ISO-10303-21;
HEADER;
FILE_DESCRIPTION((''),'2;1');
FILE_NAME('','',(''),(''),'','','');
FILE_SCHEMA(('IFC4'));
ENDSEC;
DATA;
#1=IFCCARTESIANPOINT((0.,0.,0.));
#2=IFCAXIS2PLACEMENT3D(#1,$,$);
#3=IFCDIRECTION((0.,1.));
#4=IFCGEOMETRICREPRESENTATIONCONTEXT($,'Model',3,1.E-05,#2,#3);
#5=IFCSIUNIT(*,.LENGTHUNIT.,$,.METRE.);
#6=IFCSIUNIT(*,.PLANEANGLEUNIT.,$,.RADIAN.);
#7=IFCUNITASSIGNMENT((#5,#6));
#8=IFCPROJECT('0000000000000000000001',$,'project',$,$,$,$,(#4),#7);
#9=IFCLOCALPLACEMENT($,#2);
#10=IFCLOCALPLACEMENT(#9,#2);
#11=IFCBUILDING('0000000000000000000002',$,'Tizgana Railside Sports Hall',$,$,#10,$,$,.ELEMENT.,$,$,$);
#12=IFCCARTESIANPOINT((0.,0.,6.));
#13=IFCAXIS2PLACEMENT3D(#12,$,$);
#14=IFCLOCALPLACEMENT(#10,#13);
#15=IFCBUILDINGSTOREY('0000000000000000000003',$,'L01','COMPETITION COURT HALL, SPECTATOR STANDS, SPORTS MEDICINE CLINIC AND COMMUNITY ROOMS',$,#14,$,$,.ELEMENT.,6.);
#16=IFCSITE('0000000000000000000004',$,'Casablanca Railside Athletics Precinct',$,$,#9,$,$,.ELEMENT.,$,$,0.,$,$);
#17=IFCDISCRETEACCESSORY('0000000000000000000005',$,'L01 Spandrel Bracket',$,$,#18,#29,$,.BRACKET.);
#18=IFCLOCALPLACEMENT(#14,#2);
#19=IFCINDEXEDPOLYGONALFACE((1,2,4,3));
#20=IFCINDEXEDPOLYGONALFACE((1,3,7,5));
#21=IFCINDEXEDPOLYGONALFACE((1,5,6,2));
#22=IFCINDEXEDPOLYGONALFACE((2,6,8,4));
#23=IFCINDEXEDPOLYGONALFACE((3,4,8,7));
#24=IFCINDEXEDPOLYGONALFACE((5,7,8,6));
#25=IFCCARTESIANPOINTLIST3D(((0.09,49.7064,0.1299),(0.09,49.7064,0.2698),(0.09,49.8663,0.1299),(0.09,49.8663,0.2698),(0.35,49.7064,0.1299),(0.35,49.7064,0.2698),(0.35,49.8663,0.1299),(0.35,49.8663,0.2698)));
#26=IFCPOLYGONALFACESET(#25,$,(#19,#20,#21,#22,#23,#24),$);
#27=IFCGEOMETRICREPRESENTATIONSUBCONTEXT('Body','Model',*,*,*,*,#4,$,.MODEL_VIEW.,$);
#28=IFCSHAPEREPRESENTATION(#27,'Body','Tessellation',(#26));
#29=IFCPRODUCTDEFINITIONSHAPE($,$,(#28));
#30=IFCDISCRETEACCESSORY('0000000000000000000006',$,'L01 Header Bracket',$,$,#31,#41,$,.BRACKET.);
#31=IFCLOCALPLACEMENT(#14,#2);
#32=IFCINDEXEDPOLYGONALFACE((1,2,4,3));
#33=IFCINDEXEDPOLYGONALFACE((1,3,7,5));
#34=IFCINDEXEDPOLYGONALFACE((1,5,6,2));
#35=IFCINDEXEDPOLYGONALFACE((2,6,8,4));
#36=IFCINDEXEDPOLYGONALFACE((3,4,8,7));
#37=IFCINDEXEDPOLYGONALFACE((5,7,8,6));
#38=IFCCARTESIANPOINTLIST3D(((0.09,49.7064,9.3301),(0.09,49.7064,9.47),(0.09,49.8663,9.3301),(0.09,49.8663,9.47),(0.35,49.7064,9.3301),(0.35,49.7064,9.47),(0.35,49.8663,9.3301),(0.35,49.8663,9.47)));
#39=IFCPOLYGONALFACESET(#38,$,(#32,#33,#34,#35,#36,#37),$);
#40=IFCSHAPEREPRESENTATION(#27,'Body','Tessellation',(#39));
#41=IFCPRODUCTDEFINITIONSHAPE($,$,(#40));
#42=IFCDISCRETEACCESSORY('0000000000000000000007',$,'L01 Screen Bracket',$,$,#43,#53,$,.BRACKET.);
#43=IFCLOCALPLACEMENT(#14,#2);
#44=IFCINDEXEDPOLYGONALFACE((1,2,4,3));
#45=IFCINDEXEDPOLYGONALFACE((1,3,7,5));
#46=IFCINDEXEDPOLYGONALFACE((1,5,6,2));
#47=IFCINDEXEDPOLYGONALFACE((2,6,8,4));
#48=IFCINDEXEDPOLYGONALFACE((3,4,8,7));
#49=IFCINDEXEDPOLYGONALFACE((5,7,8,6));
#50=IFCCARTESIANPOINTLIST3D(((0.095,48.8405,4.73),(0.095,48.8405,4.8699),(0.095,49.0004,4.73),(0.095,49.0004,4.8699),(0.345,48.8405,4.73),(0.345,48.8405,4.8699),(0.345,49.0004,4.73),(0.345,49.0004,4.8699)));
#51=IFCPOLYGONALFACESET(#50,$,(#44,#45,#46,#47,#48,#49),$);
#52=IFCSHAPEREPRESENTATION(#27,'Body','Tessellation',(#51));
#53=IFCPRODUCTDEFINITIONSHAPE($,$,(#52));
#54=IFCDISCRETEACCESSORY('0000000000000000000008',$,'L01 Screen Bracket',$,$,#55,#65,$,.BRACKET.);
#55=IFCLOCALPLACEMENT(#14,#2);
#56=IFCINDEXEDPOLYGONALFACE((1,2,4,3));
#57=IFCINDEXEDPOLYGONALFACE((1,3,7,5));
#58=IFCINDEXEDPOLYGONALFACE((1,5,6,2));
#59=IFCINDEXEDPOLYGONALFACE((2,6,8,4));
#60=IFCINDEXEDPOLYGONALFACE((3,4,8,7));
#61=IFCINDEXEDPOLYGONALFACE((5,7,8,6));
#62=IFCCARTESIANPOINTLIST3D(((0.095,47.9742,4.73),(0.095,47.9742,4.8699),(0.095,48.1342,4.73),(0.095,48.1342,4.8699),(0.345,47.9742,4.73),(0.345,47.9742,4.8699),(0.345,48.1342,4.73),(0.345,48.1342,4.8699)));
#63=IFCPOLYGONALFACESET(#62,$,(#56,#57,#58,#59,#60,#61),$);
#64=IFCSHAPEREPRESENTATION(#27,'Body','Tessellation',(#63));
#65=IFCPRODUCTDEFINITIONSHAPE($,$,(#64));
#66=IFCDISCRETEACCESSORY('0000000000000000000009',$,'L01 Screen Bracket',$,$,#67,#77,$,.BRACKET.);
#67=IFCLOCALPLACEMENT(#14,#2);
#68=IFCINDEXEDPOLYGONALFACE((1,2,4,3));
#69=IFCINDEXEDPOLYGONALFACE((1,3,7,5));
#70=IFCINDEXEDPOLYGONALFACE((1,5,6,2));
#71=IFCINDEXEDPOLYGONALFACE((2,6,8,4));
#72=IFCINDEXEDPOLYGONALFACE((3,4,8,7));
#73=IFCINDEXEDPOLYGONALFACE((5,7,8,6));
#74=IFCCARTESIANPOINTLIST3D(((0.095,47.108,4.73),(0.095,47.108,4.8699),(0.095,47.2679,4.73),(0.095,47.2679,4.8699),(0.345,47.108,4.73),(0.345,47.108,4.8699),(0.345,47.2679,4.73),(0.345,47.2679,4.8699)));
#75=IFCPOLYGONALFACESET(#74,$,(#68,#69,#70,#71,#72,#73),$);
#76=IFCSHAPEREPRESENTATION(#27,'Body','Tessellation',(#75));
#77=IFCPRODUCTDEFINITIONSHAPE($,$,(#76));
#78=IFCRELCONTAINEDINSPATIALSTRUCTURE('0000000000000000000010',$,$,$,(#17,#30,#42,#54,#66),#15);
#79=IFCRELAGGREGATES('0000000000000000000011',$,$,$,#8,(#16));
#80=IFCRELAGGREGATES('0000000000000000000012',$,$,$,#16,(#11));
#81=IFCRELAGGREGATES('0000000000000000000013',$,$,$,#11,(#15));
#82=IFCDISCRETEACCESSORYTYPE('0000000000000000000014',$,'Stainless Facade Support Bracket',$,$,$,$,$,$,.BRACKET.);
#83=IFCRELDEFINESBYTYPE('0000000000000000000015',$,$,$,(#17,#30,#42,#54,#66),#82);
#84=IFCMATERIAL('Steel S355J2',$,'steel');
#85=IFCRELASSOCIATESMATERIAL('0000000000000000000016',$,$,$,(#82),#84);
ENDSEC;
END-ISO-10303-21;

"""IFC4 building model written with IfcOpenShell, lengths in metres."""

from ifc_helpers import new_model, si_unit, direction, frame, origin, origin_2d, place, context, subcontext, project, spatial, rectangle, extrude, material, type_object, element, save


model = new_model("IFC4")

# Units and contexts
model_context = context("Model", 3, precision=1e-05, world=origin(), true_north=direction((0.0, 1.0)))
body_context = subcontext(model_context, "Body", "Model", "MODEL_VIEW")
ifc_project = project(units=[si_unit("LENGTHUNIT", "METRE"), si_unit("PLANEANGLEUNIT", "RADIAN")], contexts=[model_context])

# Site, building, storey
site_placement = place(None, origin())
site = spatial("IfcSite", under=ifc_project, at=site_placement, Name="Casablanca Railside Athletics Precinct", CompositionType="ELEMENT", RefElevation=0.0)
building_placement = place(site_placement, origin())
building = spatial("IfcBuilding", under=site, at=building_placement, Name="Tizgana Railside Sports Hall", CompositionType="ELEMENT")
storey_placement = place(building_placement, frame((0.0, 0.0, 6.0)))
storey = spatial("IfcBuildingStorey", under=building, at=storey_placement, Name="L01", Description="COMPETITION COURT HALL, SPECTATOR STANDS, SPORTS MEDICINE CLINIC AND COMMUNITY ROOMS", CompositionType="ELEMENT", Elevation=6.0)

# Shared definitions
ifc_material_1 = material(Name="Steel S355J2", Category="steel")

# Discrete accessories
discrete_accessory_type = type_object("IfcDiscreteAccessoryType", Name="Stainless Facade Support Bracket", PredefinedType="BRACKET", material=ifc_material_1)
for number, where, z_axis, x_axis, name in (
    (1, (0.22, 49.7864, 0.1299), (0.0, 0.0, 1.0), (0.0, -1.0, 0.0), "L01 Spandrel Bracket"),
    (2, (0.22, 49.7864, 9.3301), (0.0, 0.0, 1.0), (0.0, -1.0, 0.0), "L01 Header Bracket"),
):
    element("IfcDiscreteAccessory", number, at=place(storey_placement, frame(where, z_axis=z_axis, x_axis=x_axis)), inside=storey, type_object=discrete_accessory_type, Name=name, PredefinedType="BRACKET", context=body_context, shape_type="SweptSolid", body=[
        extrude(rectangle(XDim=0.1599, YDim=0.26, at=origin_2d()), origin(), (0.0, 0.0, 1.0), 0.1399),
    ])
for number, where, z_axis, x_axis, name in (
    (3, (0.22, 48.9204, 4.73), (0.0, 0.0, 1.0), (0.0, -1.0, 0.0), "L01 Screen Bracket"),
    (4, (0.22, 48.0542, 4.73), (0.0, 0.0, 1.0), (0.0, -1.0, 0.0), "L01 Screen Bracket"),
    (5, (0.22, 47.188, 4.73), (0.0, 0.0, 1.0), (0.0, -1.0, 0.0), "L01 Screen Bracket"),
):
    element("IfcDiscreteAccessory", number, at=place(storey_placement, frame(where, z_axis=z_axis, x_axis=x_axis)), inside=storey, type_object=discrete_accessory_type, Name=name, PredefinedType="BRACKET", context=body_context, shape_type="SweptSolid", body=[
        extrude(rectangle(XDim=0.1599, YDim=0.25, at=origin_2d()), origin(), (0.0, 0.0, 1.0), 0.1399),
    ])

save(model, "model.ifc")
